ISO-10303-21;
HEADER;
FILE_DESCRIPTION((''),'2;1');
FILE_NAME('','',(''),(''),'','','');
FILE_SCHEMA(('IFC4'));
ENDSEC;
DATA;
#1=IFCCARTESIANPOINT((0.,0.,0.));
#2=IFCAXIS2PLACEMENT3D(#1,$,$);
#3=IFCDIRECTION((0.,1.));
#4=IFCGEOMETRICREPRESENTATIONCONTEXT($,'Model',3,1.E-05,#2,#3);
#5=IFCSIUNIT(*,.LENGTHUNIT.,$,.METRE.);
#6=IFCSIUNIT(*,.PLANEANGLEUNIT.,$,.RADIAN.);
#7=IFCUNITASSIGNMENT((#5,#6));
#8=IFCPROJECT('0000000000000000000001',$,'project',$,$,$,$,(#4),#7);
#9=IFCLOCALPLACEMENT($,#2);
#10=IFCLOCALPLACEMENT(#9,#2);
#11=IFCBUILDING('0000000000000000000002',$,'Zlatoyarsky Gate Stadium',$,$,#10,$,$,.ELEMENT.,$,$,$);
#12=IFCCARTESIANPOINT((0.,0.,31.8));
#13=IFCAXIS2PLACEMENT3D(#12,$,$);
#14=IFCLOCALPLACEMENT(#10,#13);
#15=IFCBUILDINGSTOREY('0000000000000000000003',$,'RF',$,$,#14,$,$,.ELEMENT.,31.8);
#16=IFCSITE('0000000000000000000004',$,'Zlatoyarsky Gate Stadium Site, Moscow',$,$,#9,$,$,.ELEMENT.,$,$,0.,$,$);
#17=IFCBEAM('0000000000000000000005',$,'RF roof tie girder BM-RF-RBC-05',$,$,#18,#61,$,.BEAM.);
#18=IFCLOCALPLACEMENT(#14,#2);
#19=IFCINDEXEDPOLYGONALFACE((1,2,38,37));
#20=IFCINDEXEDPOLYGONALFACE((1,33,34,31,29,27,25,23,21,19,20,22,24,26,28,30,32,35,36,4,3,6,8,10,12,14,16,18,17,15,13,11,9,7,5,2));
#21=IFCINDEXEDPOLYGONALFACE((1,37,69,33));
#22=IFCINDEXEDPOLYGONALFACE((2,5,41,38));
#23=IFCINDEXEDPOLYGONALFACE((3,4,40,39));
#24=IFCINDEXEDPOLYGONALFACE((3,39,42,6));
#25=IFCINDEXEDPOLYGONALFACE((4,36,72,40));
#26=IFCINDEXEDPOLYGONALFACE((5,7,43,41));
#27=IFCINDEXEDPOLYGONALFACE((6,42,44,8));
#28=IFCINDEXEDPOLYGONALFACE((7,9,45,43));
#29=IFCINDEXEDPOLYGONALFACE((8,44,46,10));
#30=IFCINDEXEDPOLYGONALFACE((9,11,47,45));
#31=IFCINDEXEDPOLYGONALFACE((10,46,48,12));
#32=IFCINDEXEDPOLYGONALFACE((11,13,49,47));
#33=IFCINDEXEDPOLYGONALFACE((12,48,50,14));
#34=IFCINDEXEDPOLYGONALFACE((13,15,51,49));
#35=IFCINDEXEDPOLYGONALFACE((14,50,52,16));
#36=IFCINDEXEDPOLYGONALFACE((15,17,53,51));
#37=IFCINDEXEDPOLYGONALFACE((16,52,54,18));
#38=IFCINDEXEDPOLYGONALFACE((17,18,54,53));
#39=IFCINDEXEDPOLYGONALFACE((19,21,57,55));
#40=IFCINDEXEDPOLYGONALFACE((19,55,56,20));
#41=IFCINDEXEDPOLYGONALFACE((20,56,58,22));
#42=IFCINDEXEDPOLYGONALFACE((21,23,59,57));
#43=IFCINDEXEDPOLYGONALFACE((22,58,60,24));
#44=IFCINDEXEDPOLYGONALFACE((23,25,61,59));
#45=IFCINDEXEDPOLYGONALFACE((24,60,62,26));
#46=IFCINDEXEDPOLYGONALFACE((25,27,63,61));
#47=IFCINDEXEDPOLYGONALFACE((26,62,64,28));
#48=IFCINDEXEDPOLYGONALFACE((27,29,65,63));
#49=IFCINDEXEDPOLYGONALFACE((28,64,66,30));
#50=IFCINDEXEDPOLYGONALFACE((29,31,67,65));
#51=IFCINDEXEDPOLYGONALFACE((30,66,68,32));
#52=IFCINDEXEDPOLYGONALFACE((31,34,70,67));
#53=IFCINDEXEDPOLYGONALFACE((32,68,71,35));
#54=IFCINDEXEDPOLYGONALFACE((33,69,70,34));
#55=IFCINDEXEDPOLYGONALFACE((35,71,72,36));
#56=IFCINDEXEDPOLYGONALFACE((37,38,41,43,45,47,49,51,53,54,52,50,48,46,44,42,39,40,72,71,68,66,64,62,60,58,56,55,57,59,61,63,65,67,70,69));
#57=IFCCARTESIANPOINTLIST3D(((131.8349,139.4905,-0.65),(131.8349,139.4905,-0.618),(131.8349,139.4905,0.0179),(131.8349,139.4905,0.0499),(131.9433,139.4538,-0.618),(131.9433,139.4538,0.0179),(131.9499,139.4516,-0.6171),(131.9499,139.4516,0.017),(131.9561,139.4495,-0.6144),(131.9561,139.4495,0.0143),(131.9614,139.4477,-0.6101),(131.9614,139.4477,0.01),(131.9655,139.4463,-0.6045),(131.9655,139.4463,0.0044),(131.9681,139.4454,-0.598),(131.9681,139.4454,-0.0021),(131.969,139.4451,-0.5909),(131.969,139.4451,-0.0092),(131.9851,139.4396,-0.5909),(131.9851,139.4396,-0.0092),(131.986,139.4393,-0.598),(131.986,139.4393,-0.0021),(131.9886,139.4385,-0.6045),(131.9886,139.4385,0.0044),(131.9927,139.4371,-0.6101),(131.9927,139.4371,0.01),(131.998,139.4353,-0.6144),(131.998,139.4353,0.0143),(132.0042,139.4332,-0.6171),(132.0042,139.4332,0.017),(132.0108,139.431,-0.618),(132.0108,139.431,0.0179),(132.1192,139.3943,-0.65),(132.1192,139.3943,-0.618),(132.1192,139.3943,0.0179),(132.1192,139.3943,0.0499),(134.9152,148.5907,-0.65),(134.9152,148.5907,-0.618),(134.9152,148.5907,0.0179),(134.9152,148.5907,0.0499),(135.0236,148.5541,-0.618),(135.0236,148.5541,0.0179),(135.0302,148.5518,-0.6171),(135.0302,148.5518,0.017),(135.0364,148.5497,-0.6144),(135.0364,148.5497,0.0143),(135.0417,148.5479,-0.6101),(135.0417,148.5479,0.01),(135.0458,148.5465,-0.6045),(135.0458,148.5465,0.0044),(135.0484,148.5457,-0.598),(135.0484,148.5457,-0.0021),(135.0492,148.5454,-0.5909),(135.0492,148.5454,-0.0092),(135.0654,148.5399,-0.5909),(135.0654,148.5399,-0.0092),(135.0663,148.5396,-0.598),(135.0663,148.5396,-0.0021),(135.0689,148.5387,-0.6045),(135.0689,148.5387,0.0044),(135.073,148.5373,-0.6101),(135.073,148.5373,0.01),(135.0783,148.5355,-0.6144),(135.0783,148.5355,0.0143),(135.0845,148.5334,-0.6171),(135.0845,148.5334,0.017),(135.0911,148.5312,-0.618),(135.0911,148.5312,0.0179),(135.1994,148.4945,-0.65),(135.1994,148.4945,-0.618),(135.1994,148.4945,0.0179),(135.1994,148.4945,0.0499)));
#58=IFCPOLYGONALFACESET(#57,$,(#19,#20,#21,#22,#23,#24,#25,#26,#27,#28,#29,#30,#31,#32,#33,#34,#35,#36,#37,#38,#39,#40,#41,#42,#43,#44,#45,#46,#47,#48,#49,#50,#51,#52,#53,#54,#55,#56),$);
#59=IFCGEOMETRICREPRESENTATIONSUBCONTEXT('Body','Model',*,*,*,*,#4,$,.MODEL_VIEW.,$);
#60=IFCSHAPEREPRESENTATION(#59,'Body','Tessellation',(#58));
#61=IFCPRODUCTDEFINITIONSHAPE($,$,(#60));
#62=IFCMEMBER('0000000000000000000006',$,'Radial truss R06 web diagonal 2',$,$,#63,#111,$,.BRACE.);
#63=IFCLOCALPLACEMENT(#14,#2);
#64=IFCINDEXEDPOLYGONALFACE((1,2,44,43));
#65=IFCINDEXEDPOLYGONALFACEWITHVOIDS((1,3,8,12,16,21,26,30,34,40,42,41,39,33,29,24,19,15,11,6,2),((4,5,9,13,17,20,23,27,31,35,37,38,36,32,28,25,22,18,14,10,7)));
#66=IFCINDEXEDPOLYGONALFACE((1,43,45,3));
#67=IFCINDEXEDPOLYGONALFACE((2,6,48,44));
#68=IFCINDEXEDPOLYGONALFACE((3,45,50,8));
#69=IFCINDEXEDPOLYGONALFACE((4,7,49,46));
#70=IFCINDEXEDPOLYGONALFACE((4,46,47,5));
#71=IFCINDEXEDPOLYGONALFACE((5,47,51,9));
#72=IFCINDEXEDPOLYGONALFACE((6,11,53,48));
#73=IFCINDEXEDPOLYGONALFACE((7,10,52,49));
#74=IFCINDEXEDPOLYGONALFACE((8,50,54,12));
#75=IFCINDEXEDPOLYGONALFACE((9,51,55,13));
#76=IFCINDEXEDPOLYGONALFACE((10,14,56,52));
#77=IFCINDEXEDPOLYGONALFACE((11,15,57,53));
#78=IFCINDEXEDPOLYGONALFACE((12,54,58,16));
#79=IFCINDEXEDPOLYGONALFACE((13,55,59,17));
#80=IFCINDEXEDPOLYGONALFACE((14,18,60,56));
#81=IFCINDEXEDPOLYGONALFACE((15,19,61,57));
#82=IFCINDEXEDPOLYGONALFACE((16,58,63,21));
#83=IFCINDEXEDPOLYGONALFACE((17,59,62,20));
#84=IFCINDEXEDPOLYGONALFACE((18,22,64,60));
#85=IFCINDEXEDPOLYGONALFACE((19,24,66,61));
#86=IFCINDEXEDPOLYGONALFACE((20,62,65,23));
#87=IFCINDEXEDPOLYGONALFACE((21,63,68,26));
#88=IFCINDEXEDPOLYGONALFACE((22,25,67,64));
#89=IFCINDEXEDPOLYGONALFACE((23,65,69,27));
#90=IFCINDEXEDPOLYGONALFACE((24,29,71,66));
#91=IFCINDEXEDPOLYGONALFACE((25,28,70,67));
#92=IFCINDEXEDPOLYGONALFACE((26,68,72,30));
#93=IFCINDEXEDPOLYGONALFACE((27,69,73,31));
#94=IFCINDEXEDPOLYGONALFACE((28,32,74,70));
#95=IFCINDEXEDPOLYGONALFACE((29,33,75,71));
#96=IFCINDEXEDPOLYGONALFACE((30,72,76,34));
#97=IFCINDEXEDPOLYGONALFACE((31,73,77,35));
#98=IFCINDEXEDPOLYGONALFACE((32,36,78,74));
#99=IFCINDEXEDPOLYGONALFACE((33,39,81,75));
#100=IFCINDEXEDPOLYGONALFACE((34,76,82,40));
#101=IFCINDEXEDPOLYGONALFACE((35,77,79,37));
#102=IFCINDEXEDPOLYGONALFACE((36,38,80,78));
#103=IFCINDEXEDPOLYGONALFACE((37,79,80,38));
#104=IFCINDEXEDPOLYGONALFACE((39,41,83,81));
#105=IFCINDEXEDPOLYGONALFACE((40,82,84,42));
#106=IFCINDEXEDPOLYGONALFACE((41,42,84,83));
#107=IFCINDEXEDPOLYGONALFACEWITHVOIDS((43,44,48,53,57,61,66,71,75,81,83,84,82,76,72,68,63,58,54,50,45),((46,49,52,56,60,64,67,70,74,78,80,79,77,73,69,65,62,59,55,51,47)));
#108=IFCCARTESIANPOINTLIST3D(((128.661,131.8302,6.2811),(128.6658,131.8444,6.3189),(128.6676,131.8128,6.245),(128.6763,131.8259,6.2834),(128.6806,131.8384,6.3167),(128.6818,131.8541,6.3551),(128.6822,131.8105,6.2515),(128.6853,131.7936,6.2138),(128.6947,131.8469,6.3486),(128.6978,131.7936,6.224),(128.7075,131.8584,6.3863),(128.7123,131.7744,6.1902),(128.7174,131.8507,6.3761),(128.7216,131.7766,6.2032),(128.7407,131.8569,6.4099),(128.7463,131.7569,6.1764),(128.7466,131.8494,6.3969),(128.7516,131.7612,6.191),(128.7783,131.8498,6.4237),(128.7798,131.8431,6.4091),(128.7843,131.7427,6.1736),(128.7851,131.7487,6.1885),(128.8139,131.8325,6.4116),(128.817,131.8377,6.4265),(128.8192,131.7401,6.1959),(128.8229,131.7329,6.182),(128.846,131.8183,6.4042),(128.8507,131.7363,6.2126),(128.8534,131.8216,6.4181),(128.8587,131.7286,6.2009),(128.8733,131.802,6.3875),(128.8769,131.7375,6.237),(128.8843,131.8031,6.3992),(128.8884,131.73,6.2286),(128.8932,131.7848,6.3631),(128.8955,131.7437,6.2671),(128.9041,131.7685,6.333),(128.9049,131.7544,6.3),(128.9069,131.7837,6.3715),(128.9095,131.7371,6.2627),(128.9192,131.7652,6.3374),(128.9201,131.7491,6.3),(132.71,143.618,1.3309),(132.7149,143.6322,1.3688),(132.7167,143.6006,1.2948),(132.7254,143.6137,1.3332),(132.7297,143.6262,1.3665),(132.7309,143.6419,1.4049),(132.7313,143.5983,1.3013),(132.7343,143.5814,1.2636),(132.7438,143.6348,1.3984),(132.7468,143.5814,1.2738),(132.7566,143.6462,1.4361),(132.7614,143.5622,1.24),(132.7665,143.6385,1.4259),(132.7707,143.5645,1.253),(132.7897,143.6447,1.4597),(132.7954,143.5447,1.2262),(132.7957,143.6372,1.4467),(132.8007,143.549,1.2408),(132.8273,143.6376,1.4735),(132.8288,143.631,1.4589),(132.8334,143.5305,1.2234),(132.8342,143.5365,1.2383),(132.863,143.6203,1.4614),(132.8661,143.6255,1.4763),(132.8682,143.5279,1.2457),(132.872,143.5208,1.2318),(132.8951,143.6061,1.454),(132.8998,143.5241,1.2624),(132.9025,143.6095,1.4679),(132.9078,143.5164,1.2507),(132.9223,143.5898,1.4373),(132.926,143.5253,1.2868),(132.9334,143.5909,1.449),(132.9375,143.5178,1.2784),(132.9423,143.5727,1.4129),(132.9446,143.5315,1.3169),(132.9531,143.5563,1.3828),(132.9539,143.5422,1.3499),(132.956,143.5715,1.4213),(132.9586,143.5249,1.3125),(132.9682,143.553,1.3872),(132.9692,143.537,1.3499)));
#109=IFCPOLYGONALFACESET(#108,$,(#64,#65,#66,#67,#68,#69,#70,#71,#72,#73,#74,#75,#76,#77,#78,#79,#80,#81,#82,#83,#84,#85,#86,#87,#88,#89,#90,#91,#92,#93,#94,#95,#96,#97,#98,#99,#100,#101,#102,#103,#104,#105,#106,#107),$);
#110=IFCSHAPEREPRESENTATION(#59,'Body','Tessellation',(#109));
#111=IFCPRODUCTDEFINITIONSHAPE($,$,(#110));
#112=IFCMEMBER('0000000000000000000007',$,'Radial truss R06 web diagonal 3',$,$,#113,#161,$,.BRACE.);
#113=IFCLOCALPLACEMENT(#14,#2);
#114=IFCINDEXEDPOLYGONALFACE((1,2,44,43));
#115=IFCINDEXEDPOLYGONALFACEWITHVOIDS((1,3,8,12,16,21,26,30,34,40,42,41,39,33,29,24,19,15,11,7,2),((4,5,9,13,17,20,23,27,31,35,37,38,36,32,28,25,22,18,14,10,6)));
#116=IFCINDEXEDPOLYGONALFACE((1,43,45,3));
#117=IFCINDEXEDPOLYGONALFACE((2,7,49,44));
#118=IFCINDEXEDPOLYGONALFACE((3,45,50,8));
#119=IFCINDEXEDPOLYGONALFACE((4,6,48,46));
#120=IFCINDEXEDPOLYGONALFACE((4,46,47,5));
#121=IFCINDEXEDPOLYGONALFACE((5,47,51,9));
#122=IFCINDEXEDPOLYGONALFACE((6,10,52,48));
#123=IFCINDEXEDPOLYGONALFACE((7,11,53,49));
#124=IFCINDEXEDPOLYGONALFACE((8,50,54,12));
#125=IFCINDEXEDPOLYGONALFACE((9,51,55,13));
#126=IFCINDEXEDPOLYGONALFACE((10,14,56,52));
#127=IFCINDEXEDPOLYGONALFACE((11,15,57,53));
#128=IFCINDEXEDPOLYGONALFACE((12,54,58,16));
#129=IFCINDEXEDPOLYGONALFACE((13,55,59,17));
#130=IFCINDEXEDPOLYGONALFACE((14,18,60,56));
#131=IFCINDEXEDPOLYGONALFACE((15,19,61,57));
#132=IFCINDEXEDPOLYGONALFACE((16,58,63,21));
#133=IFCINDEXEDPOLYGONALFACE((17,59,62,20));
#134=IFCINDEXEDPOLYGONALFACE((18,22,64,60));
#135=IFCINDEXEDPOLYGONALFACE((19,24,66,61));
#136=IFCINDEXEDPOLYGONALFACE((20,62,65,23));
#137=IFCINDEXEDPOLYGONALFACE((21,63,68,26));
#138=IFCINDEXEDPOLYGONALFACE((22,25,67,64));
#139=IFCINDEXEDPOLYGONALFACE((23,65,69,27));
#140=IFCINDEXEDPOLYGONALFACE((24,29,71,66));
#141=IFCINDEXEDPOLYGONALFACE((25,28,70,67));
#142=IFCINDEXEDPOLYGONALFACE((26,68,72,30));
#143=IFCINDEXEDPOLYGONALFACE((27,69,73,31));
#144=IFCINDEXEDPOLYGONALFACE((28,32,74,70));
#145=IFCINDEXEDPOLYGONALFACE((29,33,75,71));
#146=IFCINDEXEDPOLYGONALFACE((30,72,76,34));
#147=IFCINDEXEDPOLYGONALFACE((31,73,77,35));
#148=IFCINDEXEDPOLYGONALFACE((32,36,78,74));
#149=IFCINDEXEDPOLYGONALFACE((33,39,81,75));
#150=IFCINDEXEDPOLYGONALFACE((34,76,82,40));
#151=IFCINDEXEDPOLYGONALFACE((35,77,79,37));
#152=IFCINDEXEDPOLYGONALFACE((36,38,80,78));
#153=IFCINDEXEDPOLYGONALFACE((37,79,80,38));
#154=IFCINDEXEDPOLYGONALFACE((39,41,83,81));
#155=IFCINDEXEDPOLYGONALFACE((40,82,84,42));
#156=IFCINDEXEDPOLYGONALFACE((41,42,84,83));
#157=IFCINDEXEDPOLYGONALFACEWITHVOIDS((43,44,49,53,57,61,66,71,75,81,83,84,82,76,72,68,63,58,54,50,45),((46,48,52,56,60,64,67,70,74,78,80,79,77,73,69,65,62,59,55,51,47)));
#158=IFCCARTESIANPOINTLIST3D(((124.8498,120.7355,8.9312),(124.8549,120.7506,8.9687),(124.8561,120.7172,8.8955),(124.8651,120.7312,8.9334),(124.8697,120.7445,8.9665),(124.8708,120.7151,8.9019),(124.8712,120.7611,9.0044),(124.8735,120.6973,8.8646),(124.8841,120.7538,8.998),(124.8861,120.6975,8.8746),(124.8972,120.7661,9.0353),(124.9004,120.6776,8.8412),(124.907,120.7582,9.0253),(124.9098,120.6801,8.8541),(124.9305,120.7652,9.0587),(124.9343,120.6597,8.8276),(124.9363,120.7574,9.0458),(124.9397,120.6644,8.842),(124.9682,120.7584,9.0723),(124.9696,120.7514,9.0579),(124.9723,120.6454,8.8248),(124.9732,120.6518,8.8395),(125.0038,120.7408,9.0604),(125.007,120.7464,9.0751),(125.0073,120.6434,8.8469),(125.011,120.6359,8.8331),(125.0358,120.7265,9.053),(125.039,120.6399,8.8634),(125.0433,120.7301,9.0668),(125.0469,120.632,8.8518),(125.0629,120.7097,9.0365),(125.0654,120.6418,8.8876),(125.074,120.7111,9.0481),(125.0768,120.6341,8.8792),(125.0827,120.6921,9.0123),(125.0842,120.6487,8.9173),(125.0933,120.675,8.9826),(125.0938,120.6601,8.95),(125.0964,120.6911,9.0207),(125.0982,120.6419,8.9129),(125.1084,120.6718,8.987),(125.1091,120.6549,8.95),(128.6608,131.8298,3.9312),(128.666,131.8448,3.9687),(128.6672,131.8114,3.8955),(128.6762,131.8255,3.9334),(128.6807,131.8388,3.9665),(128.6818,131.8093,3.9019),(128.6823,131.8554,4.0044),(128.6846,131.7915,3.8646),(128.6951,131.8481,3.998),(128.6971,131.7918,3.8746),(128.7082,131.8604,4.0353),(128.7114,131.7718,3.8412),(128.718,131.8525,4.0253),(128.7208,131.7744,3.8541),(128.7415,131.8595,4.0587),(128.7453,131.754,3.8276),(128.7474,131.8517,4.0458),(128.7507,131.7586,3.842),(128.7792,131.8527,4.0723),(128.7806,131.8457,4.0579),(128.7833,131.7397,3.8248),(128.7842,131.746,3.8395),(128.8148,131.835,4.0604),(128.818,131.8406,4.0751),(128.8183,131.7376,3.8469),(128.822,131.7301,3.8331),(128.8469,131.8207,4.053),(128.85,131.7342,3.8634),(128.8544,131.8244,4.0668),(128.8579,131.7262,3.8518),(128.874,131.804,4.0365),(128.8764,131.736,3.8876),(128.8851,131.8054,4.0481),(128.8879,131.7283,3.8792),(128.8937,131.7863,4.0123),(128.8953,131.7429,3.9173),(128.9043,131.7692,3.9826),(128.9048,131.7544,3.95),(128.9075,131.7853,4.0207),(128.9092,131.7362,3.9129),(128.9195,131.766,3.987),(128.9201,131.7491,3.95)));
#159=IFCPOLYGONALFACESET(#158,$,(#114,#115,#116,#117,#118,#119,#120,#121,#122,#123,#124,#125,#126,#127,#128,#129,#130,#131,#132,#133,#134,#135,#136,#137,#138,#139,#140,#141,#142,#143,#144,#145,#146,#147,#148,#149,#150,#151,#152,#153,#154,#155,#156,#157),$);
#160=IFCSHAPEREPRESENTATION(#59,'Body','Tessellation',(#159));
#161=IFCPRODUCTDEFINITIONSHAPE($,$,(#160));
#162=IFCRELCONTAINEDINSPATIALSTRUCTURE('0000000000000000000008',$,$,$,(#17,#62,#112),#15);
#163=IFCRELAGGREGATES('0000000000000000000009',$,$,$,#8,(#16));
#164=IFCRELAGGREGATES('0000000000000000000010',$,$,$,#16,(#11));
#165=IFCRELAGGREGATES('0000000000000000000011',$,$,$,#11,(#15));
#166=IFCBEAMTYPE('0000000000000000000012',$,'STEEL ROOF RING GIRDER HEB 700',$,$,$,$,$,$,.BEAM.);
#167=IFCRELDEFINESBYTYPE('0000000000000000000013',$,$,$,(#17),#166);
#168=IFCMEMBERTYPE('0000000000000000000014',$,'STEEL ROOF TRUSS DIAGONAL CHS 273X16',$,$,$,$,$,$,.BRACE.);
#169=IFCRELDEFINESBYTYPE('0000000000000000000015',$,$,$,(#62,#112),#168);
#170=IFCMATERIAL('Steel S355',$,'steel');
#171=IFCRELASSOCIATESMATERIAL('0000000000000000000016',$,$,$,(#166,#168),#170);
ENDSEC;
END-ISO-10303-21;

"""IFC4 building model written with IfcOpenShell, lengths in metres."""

from ifc_helpers import new_model, si_unit, direction, frame, origin, origin_2d, place, context, subcontext, project, spatial, hollow_circle, i_section, extrude, material, material_profile, profile_set, type_object, element, save


model = new_model("IFC4")

# Units and contexts
model_context = context("Model", 3, precision=1e-05, world=origin(), true_north=direction((0.0, 1.0)))
body_context = subcontext(model_context, "Body", "Model", "MODEL_VIEW")
ifc_project = project(units=[si_unit("LENGTHUNIT", "METRE"), si_unit("PLANEANGLEUNIT", "RADIAN")], contexts=[model_context])

# Site, building, storey
site_placement = place(None, origin())
site = spatial("IfcSite", under=ifc_project, at=site_placement, Name="Zlatoyarsky Gate Stadium Site, Moscow", CompositionType="ELEMENT", RefElevation=0.0)
building_placement = place(site_placement, origin())
building = spatial("IfcBuilding", under=site, at=building_placement, Name="Zlatoyarsky Gate Stadium", CompositionType="ELEMENT")
storey_placement = place(building_placement, frame((0.0, 0.0, 31.8)))
storey = spatial("IfcBuildingStorey", under=building, at=storey_placement, Name="RF", CompositionType="ELEMENT", Elevation=31.8)

# Shared definitions
ifc_material_1 = material(Name="Steel S355", Category="steel")

# Beam
ifc_material_profile_1 = material_profile(ifc_material_1, i_section(OverallWidth=0.3, OverallDepth=0.7, WebThickness=0.0171, FlangeThickness=0.032, FilletRadius=0.0271, at=origin_2d()), Name="HEB 700")
ifc_profile_set_1 = profile_set([ifc_material_profile_1], Name="Steel S355")
beam_type = type_object("IfcBeamType", Name="STEEL ROOF RING GIRDER HEB 700", PredefinedType="BEAM", material=ifc_profile_set_1)
beam_placement = place(storey_placement, frame((131.9771, 139.4424, -0.3), z_axis=(0.320615, 0.947209, 0.0), x_axis=(-0.947209, 0.320615, 0.0)))
element("IfcBeam", 1, at=beam_placement, inside=storey, type_object=beam_type, Name="RF roof tie girder BM-RF-RBC-05", PredefinedType="BEAM", context=body_context, shape_type="SweptSolid", body=[
    extrude(i_section(OverallWidth=0.3, OverallDepth=0.7, WebThickness=0.0171, FlangeThickness=0.032, FilletRadius=0.0271, at=origin_2d()), origin(), (0.0, 0.0, 1.0), 9.6074),
])

# Members
ifc_material_profile_2 = material_profile(ifc_material_1, hollow_circle(Radius=0.1365, WallThickness=0.0161, at=origin_2d()), Name="CHS 273X16")
ifc_profile_set_2 = profile_set([ifc_material_profile_2], Name="Steel S355")
member_type_1 = type_object("IfcMemberType", Name="STEEL ROOF TRUSS DIAGONAL CHS 273X16", PredefinedType="BRACE", material=ifc_profile_set_2)
member_1_placement = place(storey_placement, frame((132.8401, 143.5813, 1.3499), z_axis=(-0.301924, -0.878974, 0.369117), x_axis=(0.945761, -0.324865, 0.0)))
element("IfcMember", 2, at=member_1_placement, inside=storey, type_object=member_type_1, Name="Radial truss R06 web diagonal 2", PredefinedType="BRACE", context=body_context, shape_type="SweptSolid", body=[
    extrude(hollow_circle(Radius=0.1365, WallThickness=0.0161, at=origin_2d()), origin(), (0.0, 0.0, 1.0), 13.4109),
])
member_2_placement = place(storey_placement, frame((128.791, 131.7935, 3.95), z_axis=(-0.298865, -0.87002, 0.392104), x_axis=(0.945755, -0.324881, 0.0)))
element("IfcMember", 3, at=member_2_placement, inside=storey, type_object=member_type_1, Name="Radial truss R06 web diagonal 3", PredefinedType="BRACE", context=body_context, shape_type="SweptSolid", body=[
    extrude(hollow_circle(Radius=0.1365, WallThickness=0.0161, at=origin_2d()), origin(), (0.0, 0.0, 1.0), 12.7517),
])

save(model, "model.ifc")
